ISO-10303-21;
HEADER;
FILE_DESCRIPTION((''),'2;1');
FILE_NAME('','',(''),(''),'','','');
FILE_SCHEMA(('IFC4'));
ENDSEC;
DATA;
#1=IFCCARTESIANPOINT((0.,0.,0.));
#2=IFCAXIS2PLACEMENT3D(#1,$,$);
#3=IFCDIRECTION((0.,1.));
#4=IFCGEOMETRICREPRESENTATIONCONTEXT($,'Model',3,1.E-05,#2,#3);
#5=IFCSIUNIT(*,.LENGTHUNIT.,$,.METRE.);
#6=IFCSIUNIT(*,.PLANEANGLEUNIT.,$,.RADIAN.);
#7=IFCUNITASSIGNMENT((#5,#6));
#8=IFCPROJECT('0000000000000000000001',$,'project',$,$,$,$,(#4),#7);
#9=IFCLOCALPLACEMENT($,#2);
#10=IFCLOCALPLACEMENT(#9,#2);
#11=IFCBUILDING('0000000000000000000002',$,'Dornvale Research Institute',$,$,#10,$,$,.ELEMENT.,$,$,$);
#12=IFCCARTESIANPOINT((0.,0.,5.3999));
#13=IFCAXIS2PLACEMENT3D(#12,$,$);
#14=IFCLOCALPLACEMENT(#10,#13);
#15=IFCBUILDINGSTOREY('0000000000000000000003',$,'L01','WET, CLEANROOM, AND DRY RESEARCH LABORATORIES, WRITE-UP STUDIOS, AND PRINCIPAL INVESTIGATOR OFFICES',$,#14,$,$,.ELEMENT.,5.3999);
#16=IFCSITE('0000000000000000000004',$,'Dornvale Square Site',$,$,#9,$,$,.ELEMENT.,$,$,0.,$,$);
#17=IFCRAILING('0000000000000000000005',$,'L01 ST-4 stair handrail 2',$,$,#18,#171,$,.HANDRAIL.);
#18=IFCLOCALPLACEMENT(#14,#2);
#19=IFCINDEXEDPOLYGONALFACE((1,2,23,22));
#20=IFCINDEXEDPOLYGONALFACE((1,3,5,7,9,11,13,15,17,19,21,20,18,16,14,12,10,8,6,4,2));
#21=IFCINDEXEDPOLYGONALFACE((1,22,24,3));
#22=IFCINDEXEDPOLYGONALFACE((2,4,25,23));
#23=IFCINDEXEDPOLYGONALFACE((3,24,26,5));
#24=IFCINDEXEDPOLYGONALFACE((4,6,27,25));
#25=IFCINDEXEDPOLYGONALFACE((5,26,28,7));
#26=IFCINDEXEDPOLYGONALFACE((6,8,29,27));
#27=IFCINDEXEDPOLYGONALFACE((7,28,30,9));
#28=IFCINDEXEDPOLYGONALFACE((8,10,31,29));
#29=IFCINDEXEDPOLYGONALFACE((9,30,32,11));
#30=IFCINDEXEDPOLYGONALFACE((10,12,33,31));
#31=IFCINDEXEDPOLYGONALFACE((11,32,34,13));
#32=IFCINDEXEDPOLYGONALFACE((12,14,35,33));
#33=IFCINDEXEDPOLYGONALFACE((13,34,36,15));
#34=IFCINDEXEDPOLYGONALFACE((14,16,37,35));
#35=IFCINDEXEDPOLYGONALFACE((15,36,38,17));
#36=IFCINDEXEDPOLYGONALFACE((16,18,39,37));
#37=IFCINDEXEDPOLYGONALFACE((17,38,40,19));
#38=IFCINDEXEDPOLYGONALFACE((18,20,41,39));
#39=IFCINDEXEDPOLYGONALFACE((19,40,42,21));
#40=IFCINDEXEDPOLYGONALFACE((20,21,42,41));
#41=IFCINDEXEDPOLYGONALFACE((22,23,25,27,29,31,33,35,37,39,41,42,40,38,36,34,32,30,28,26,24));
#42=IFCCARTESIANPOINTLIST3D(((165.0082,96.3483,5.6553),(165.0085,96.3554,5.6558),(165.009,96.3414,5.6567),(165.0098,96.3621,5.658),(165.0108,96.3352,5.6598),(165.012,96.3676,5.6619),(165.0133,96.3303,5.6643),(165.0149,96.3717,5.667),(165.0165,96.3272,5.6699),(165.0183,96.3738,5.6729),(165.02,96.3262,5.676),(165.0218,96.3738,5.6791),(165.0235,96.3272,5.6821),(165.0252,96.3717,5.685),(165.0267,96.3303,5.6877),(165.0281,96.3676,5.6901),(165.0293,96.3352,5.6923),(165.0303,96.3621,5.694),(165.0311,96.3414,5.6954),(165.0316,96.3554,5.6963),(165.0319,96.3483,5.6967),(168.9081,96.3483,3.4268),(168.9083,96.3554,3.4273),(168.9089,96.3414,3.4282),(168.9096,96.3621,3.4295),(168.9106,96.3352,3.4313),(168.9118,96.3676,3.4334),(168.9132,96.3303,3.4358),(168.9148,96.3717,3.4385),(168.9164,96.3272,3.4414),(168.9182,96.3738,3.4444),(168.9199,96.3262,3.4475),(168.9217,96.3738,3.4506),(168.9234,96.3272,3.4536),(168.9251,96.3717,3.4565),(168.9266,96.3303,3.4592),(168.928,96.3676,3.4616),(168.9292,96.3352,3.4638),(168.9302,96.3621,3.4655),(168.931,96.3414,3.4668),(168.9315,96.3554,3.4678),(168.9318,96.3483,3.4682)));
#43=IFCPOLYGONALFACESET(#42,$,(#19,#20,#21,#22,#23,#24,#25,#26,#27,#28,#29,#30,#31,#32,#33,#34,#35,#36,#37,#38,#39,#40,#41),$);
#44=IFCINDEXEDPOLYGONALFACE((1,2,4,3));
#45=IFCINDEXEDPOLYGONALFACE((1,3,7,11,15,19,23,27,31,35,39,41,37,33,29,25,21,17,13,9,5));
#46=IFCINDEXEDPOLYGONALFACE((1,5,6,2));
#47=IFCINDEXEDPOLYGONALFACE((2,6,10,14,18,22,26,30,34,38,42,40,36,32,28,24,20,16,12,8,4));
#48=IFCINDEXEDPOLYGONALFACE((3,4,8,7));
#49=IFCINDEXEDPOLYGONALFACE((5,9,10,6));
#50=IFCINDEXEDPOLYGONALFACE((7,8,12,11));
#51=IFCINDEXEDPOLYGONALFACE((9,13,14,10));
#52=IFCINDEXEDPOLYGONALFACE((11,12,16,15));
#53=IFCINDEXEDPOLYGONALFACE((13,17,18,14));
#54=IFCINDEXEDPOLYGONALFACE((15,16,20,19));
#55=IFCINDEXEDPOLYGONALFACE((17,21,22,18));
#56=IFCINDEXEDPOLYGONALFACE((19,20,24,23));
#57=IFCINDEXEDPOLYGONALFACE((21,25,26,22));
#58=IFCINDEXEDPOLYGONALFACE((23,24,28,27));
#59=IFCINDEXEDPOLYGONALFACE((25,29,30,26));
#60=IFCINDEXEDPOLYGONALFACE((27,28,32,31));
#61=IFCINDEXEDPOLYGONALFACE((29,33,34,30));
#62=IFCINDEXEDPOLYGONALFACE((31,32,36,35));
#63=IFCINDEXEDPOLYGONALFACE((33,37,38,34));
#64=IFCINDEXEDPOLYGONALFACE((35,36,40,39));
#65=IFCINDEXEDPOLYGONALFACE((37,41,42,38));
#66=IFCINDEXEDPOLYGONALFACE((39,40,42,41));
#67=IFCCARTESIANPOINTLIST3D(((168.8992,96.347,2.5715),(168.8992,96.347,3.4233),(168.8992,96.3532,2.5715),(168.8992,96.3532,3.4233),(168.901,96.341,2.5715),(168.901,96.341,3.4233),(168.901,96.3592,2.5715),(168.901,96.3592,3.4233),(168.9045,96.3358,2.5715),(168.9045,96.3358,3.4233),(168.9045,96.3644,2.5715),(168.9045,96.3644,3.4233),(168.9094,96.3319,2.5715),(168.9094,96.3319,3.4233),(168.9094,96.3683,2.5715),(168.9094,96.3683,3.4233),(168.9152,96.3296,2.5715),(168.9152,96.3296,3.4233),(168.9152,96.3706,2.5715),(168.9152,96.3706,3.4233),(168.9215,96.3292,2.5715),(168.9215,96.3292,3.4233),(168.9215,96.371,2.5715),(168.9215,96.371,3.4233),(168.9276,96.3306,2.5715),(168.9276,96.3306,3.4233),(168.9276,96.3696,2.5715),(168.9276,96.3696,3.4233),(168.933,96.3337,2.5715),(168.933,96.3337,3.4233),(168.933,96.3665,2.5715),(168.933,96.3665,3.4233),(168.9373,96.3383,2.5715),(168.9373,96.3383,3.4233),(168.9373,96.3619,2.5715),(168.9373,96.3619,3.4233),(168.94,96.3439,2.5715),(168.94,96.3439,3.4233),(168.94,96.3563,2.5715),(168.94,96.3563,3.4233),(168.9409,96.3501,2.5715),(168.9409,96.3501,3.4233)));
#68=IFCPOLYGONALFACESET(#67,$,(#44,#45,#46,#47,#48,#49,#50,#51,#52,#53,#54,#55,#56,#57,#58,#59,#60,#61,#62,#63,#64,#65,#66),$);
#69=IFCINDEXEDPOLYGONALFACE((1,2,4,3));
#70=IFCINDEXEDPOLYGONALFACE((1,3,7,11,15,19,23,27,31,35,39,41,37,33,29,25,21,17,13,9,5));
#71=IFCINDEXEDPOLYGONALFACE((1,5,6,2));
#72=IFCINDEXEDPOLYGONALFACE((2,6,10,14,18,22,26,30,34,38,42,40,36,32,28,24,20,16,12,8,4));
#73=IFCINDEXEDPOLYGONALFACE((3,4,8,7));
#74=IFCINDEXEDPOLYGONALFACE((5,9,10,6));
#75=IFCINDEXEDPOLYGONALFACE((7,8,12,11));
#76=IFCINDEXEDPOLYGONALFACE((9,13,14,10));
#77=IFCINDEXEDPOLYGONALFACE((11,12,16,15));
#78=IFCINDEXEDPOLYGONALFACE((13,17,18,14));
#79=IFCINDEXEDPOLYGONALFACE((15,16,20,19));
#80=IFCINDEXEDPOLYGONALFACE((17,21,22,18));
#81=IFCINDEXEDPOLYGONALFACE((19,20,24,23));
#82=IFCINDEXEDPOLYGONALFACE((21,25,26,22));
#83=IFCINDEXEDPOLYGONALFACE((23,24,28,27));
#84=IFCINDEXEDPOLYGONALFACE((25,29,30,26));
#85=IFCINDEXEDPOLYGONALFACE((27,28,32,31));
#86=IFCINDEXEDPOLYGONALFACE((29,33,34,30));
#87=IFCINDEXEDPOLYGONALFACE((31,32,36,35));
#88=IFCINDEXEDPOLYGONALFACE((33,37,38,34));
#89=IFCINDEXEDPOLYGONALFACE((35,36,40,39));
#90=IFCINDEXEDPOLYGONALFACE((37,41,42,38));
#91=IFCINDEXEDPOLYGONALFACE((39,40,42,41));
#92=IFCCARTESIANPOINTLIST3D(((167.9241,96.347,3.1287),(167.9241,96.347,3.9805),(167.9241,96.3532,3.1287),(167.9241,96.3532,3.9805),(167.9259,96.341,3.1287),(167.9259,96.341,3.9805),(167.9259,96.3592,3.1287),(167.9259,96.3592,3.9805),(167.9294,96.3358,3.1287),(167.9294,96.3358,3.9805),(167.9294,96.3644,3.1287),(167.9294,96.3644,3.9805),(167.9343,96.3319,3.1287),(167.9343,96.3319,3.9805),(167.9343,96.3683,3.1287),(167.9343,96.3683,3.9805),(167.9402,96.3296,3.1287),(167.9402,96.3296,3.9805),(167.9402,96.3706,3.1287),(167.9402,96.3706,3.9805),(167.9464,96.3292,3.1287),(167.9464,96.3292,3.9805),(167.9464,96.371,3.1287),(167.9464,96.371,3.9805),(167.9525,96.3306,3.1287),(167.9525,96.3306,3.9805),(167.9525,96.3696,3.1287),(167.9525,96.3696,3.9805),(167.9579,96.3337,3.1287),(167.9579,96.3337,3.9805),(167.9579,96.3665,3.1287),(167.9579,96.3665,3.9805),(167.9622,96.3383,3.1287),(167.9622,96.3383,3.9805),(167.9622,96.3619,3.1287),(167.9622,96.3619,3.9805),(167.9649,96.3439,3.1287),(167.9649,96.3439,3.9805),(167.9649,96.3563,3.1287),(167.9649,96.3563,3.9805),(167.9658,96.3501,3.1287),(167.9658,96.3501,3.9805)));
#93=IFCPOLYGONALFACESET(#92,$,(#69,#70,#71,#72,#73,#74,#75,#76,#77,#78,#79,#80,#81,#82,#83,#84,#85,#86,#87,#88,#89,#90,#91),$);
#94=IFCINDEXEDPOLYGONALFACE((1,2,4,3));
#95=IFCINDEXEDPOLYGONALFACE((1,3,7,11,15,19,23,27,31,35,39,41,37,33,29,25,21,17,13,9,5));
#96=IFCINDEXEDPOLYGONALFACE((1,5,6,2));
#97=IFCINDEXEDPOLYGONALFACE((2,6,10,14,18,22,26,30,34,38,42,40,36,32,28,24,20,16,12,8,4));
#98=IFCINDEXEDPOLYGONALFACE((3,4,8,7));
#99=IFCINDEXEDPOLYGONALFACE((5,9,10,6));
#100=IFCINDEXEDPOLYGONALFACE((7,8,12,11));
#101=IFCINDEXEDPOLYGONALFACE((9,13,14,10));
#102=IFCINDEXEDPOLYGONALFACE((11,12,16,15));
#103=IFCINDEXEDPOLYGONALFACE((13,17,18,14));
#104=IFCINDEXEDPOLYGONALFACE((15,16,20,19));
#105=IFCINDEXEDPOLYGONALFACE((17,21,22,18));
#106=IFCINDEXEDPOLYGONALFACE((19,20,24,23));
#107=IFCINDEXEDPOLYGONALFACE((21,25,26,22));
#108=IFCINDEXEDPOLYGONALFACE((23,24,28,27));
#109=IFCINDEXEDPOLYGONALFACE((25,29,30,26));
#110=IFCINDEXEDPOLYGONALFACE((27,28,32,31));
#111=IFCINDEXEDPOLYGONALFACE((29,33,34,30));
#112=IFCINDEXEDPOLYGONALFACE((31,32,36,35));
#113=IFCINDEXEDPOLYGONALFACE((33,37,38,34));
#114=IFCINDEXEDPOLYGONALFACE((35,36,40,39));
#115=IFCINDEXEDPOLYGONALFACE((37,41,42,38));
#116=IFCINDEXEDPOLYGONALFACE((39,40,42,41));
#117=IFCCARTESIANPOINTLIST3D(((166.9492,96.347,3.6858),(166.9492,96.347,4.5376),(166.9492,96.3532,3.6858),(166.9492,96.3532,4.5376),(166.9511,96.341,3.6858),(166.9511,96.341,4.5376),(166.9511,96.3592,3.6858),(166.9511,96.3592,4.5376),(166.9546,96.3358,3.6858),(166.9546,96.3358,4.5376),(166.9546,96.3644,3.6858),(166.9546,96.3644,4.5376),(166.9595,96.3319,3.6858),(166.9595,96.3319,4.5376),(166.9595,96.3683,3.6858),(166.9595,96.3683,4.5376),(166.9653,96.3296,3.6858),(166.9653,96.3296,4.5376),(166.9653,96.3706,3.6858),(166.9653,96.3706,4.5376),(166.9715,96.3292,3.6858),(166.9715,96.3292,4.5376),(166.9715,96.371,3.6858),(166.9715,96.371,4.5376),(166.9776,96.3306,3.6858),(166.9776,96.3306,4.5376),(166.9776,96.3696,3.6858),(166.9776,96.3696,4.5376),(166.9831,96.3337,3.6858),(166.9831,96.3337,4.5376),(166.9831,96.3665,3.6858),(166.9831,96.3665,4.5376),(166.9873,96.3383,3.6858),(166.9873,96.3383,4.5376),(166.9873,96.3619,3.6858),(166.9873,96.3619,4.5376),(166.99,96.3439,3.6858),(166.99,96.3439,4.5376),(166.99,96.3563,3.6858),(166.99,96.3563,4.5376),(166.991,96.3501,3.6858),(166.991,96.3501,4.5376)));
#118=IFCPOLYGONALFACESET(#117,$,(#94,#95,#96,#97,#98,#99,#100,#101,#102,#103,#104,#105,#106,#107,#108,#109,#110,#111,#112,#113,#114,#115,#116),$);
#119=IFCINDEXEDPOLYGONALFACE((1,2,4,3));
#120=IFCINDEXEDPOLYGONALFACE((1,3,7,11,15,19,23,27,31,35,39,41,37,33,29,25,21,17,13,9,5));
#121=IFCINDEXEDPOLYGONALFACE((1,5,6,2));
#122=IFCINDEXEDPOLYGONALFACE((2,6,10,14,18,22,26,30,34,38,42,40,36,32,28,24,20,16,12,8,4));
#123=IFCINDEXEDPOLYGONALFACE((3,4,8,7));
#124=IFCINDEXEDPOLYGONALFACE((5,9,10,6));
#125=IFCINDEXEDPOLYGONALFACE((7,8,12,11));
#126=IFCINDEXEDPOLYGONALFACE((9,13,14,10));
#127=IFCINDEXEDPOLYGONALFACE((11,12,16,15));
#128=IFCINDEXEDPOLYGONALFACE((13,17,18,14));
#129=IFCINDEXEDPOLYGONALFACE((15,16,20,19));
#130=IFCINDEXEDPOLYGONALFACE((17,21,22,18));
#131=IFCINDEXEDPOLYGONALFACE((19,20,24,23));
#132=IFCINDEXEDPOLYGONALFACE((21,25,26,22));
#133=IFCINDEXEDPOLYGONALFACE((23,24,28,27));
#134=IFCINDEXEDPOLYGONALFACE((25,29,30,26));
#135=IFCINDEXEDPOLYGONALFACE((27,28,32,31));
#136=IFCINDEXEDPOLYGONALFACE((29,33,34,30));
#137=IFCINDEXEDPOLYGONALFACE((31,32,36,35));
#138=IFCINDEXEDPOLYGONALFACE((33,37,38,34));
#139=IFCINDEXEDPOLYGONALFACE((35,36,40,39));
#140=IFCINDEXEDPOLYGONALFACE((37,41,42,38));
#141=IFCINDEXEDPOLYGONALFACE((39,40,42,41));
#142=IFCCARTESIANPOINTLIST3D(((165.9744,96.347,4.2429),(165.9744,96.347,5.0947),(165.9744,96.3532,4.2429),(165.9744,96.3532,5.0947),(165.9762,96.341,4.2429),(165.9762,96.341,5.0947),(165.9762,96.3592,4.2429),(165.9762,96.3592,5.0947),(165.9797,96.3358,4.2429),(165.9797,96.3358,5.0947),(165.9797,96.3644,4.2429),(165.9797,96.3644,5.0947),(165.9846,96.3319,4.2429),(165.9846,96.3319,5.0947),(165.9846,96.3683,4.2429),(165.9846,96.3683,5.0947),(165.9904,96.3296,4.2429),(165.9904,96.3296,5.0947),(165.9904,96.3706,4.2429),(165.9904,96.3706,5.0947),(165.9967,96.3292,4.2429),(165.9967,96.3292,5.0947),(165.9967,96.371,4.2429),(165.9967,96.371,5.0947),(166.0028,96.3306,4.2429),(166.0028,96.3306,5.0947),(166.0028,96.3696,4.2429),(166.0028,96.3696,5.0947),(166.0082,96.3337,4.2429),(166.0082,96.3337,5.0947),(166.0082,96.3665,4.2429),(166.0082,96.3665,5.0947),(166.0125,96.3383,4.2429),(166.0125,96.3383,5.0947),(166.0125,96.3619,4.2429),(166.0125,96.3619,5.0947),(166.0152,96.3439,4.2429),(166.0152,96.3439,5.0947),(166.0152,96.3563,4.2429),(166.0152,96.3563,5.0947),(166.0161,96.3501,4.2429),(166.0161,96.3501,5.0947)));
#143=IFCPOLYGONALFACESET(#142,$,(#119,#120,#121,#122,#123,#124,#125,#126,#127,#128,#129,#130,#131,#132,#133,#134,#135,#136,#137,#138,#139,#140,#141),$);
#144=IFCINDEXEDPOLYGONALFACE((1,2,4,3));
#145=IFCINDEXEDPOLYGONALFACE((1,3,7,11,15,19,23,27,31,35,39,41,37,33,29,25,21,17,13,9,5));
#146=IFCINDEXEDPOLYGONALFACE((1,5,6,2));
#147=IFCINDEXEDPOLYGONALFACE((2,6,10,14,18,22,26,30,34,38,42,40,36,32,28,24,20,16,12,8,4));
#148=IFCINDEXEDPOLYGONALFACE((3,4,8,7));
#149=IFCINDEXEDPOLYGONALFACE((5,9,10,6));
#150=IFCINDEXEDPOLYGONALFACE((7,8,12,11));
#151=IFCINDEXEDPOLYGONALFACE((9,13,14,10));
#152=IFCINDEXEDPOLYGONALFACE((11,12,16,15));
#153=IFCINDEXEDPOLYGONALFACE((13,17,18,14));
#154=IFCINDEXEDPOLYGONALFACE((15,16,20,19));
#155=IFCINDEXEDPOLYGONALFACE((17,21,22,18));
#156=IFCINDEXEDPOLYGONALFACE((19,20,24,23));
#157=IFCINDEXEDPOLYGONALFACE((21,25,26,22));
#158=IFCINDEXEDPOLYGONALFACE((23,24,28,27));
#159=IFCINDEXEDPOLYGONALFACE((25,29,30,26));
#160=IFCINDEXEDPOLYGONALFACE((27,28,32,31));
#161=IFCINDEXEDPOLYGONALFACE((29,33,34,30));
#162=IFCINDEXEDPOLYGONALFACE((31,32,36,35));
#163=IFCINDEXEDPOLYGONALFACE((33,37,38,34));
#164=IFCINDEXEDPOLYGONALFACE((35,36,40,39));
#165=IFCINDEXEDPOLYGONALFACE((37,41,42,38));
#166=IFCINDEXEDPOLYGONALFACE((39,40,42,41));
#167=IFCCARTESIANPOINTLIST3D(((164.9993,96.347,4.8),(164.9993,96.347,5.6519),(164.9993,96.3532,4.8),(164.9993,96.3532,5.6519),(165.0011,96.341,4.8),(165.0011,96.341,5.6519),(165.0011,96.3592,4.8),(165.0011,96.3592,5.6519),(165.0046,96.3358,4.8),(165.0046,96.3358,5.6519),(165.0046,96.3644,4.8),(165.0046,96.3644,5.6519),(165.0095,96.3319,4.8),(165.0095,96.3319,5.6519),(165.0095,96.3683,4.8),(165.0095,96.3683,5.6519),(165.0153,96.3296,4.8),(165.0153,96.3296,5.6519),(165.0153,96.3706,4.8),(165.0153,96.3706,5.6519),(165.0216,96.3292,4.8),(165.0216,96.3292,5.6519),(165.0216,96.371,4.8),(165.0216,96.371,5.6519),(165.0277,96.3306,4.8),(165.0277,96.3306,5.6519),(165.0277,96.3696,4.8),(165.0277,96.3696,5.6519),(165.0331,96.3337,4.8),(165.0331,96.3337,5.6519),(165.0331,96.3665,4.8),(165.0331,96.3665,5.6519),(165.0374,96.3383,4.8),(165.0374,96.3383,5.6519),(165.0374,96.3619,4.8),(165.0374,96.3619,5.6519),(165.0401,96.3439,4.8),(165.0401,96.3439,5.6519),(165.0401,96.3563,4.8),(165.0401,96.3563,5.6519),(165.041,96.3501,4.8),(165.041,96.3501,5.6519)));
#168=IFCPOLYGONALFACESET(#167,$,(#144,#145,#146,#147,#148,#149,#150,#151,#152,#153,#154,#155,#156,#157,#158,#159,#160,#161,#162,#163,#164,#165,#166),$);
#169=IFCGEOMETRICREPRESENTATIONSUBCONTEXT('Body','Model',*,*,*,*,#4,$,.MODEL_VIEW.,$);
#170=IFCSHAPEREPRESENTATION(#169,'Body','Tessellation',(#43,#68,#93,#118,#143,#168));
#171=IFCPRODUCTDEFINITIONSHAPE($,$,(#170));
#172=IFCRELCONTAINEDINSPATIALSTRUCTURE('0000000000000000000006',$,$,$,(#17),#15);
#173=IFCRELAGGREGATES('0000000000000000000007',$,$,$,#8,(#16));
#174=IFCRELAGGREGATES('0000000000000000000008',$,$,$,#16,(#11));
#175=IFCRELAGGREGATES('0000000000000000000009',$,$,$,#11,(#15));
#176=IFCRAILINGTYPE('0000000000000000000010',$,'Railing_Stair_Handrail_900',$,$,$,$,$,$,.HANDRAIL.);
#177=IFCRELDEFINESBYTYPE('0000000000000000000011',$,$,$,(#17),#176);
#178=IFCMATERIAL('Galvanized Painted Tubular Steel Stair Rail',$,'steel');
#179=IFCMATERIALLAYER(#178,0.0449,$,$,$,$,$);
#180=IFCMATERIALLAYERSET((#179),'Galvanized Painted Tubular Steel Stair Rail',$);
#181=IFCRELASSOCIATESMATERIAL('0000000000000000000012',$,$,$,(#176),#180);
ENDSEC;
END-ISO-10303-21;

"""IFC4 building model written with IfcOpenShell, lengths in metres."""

from ifc_helpers import new_model, si_unit, direction, frame, origin, origin_2d, place, context, subcontext, project, spatial, circle, extrude, material, layer, layer_set, type_object, element, save


model = new_model("IFC4")

# Units and contexts
model_context = context("Model", 3, precision=1e-05, world=origin(), true_north=direction((0.0, 1.0)))
body_context = subcontext(model_context, "Body", "Model", "MODEL_VIEW")
ifc_project = project(units=[si_unit("LENGTHUNIT", "METRE"), si_unit("PLANEANGLEUNIT", "RADIAN")], contexts=[model_context])

# Site, building, storey
site_placement = place(None, origin())
site = spatial("IfcSite", under=ifc_project, at=site_placement, Name="Dornvale Square Site", CompositionType="ELEMENT", RefElevation=0.0)
building_placement = place(site_placement, origin())
building = spatial("IfcBuilding", under=site, at=building_placement, Name="Dornvale Research Institute", CompositionType="ELEMENT")
storey_placement = place(building_placement, frame((0.0, 0.0, 5.3999)))
storey = spatial("IfcBuildingStorey", under=building, at=storey_placement, Name="L01", Description="WET, CLEANROOM, AND DRY RESEARCH LABORATORIES, WRITE-UP STUDIOS, AND PRINCIPAL INVESTIGATOR OFFICES", CompositionType="ELEMENT", Elevation=5.3999)

# Railing
ifc_material_1 = material(Name="Galvanized Painted Tubular Steel Stair Rail", Category="steel")
ifc_layer_1 = layer(ifc_material_1, 0.0449)
ifc_layer_set_1 = layer_set([ifc_layer_1], Name="Galvanized Painted Tubular Steel Stair Rail")
railing_type_1 = type_object("IfcRailingType", Name="Railing_Stair_Handrail_900", PredefinedType="HANDRAIL", material=ifc_layer_set_1)
railing_1_placement = place(storey_placement, frame((168.9199, 96.3501, 2.5715)))
element("IfcRailing", 1, at=railing_1_placement, inside=storey, type_object=railing_type_1, Name="L01 ST-4 stair handrail 2", PredefinedType="HANDRAIL", context=body_context, shape_type="SweptSolid", body=[
    extrude(circle(Radius=0.0239, at=origin_2d()), frame((0.0, 0.0, 0.876), z_axis=(-0.868243, 0.0, 0.496139), x_axis=(0.0, -1.0, 0.0)), (0.0, 0.0, 1.0), 4.4917),
    extrude(circle(Radius=0.021, at=origin_2d()), origin(), (0.0, 0.0, 1.0), 0.8518),
    extrude(circle(Radius=0.021, at=origin_2d()), frame((-0.9751, 0.0, 0.5571)), (0.0, 0.0, 1.0), 0.8518),
    extrude(circle(Radius=0.021, at=origin_2d()), frame((-1.95, 0.0, 1.1143)), (0.0, 0.0, 1.0), 0.8518),
    extrude(circle(Radius=0.021, at=origin_2d()), frame((-2.9248, 0.0, 1.6714)), (0.0, 0.0, 1.0), 0.8518),
    extrude(circle(Radius=0.021, at=origin_2d()), frame((-3.8999, 0.0, 2.2285)), (0.0, 0.0, 1.0), 0.8518),
])

save(model, "model.ifc")
